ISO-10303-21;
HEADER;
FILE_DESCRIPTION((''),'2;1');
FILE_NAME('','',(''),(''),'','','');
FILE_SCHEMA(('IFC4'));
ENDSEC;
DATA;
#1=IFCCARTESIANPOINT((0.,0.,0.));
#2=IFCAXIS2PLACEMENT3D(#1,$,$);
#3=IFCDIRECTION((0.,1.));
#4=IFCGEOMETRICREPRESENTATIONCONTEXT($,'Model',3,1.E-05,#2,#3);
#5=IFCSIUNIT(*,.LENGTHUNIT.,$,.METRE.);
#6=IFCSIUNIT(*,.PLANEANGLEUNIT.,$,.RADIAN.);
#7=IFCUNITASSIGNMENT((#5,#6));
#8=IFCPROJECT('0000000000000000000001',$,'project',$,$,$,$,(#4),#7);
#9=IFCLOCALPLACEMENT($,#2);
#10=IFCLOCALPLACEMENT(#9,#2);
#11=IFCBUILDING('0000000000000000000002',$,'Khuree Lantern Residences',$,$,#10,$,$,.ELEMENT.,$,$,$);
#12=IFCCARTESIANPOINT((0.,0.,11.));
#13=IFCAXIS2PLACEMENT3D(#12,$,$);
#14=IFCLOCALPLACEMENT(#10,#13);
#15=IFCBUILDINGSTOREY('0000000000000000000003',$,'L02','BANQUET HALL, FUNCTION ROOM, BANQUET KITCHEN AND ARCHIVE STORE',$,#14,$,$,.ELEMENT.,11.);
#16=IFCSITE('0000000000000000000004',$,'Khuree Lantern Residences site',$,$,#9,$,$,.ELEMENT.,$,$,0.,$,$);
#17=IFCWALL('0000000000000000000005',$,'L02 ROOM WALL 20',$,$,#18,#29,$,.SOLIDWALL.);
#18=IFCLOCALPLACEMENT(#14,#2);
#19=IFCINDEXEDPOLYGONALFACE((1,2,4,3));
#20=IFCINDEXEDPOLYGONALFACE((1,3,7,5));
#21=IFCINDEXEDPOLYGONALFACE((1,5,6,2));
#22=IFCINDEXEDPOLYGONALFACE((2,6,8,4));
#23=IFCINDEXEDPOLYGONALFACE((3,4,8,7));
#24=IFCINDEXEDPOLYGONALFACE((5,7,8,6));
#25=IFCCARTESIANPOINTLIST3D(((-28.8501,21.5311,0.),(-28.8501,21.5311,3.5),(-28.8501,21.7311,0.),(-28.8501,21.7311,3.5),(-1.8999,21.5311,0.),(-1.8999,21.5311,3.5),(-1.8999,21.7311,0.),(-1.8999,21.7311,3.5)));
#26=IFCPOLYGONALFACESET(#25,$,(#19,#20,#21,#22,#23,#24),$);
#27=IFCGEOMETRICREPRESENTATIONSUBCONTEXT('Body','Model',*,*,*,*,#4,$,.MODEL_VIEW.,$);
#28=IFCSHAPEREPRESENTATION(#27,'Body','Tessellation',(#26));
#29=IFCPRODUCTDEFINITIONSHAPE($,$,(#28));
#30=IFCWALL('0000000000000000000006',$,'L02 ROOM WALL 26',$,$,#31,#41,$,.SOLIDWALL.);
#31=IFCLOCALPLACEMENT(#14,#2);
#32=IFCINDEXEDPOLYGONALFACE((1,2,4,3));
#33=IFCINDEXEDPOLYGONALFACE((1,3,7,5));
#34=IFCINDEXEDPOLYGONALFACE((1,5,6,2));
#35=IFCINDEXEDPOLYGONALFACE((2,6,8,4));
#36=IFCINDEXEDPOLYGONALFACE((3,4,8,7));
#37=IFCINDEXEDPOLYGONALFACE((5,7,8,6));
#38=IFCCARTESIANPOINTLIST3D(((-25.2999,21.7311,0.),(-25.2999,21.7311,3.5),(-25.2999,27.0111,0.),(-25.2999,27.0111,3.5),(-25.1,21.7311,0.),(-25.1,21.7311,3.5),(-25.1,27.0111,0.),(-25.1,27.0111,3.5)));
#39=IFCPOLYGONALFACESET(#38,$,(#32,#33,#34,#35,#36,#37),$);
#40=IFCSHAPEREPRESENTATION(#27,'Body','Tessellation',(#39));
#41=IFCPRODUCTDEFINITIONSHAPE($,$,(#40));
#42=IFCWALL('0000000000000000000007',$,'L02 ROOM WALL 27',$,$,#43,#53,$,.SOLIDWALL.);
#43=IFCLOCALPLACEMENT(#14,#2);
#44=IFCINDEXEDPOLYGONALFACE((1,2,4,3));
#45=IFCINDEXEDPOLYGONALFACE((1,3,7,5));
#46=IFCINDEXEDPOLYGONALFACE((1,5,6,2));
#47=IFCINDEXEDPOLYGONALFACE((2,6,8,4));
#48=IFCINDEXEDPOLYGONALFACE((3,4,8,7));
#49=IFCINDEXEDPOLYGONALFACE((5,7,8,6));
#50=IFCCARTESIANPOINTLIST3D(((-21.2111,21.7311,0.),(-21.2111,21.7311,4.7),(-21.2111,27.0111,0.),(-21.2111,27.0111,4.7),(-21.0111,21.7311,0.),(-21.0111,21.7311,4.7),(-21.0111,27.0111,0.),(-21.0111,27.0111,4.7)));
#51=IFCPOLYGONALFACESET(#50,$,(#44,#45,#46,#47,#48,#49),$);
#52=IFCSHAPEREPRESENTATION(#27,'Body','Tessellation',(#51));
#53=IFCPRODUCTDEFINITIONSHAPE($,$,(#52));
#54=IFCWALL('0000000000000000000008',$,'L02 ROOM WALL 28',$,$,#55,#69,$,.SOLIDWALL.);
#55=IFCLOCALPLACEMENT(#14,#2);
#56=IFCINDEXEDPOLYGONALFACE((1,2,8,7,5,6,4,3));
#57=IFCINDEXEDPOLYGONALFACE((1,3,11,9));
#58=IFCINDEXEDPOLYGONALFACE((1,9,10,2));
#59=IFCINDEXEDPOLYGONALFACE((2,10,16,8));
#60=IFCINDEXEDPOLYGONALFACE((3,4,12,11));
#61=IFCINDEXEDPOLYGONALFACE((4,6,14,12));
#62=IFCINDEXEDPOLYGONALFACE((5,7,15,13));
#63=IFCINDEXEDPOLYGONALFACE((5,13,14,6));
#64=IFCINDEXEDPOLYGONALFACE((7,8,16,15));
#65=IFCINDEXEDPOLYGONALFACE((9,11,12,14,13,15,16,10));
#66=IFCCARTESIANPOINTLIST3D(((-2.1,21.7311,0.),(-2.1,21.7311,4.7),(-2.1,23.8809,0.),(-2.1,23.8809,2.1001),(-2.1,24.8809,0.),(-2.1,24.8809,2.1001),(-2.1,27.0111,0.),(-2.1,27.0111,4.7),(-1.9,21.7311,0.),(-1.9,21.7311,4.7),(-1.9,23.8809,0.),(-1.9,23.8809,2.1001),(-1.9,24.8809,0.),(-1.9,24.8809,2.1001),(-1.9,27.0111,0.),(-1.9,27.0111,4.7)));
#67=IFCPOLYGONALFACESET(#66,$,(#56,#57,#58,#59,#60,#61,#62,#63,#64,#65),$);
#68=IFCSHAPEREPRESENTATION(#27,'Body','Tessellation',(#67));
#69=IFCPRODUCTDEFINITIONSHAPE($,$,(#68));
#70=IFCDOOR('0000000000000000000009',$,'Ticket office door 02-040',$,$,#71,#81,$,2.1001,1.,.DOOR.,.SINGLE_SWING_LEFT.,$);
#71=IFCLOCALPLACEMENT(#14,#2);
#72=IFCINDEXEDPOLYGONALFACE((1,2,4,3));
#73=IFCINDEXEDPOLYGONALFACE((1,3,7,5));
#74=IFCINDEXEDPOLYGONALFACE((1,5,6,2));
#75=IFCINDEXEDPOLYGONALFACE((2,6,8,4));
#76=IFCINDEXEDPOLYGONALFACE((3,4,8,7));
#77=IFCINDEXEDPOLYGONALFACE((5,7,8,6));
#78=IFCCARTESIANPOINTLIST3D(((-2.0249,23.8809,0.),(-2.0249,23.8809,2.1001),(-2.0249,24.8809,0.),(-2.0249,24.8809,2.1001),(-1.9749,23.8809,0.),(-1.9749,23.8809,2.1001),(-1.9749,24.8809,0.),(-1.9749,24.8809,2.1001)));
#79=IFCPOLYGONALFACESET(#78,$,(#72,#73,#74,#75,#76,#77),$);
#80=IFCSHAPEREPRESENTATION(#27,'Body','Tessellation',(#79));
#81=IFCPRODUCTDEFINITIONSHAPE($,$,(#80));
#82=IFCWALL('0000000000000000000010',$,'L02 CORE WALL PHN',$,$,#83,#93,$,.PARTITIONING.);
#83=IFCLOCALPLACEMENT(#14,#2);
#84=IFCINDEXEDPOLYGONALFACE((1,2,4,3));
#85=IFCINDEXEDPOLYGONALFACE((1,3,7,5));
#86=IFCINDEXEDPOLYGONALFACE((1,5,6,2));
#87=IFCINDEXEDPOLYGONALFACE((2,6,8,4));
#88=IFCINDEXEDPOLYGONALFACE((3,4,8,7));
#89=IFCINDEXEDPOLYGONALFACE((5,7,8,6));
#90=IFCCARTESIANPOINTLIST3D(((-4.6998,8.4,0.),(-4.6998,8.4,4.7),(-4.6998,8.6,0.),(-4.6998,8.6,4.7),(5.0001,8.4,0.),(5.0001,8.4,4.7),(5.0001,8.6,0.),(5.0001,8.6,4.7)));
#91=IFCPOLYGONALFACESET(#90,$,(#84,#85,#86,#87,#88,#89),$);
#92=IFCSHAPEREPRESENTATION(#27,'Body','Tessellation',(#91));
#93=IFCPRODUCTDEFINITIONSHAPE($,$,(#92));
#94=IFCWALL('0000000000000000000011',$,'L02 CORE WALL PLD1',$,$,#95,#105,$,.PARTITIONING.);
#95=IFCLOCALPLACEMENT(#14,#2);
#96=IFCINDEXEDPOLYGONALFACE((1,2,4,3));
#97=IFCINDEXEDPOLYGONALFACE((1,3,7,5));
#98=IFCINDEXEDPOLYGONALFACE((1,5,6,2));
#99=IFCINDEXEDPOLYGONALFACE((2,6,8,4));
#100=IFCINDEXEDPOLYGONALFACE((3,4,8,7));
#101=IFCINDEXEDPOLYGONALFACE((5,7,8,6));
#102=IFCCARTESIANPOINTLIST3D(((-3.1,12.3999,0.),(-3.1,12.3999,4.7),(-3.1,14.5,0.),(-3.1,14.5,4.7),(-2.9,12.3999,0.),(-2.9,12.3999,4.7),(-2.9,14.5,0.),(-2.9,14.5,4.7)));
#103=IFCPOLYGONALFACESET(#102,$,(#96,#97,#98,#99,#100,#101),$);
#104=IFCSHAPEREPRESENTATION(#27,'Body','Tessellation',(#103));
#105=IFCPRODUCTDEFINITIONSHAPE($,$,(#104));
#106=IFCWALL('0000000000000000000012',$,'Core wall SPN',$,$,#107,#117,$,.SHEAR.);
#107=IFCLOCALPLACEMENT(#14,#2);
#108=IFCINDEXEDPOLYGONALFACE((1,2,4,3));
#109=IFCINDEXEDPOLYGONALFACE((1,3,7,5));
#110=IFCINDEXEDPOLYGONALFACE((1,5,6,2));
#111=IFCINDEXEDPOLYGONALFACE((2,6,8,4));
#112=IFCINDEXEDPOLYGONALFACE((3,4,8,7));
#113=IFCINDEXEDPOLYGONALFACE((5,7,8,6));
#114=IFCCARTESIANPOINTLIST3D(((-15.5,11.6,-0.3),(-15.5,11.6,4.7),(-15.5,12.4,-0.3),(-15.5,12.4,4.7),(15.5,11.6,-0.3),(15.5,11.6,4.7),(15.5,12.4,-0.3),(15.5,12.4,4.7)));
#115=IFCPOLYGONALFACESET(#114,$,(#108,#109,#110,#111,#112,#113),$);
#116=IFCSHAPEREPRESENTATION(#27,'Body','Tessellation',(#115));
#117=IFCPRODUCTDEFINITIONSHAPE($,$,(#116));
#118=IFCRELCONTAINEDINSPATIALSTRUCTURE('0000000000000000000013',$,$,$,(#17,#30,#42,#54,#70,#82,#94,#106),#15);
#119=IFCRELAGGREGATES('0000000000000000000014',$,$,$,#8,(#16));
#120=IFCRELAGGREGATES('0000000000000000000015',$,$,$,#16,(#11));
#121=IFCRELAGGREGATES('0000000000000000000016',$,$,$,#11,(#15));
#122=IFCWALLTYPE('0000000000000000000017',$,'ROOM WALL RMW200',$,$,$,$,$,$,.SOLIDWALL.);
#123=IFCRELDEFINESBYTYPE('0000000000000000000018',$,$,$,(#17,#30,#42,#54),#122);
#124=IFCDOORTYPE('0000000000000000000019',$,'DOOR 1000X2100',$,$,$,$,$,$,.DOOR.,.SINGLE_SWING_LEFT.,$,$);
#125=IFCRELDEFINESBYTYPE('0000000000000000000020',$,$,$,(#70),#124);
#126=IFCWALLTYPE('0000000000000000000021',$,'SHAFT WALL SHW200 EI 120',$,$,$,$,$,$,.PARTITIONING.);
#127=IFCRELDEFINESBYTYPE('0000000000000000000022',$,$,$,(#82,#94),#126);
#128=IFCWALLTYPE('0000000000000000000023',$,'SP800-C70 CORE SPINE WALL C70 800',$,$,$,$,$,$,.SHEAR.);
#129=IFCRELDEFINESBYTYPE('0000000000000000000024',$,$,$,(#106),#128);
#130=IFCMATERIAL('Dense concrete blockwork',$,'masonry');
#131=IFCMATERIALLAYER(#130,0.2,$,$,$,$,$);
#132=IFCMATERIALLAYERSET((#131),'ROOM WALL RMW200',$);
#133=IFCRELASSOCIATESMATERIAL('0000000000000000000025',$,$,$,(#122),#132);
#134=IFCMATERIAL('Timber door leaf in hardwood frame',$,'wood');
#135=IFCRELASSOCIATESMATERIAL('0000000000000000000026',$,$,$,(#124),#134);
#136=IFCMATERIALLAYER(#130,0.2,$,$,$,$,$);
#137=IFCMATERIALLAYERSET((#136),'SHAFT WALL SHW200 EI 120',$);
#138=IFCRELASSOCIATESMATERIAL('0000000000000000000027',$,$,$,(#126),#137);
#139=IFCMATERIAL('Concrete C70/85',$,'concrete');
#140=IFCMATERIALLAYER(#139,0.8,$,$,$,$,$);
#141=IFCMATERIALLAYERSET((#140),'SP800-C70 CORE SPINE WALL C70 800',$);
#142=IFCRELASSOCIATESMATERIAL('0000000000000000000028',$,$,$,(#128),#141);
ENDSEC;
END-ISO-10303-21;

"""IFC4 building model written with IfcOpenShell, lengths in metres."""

from ifc_helpers import new_model, si_unit, direction, frame, frame_2d, origin, place, context, subcontext, project, spatial, rectangle, extrude, material, layer, layer_set, type_object, element, fill, save


model = new_model("IFC4")

# Units and contexts
model_context = context("Model", 3, precision=1e-05, world=origin(), true_north=direction((0.0, 1.0)))
body_context = subcontext(model_context, "Body", "Model", "MODEL_VIEW")
ifc_project = project(units=[si_unit("LENGTHUNIT", "METRE"), si_unit("PLANEANGLEUNIT", "RADIAN")], contexts=[model_context])

# Site, building, storey
site_placement = place(None, origin())
site = spatial("IfcSite", under=ifc_project, at=site_placement, Name="Khuree Lantern Residences site", CompositionType="ELEMENT", RefElevation=0.0)
building_placement = place(site_placement, origin())
building = spatial("IfcBuilding", under=site, at=building_placement, Name="Khuree Lantern Residences", CompositionType="ELEMENT")
storey_placement = place(building_placement, frame((0.0, 0.0, 11.0)))
storey = spatial("IfcBuildingStorey", under=building, at=storey_placement, Name="L02", Description="BANQUET HALL, FUNCTION ROOM, BANQUET KITCHEN AND ARCHIVE STORE", CompositionType="ELEMENT", Elevation=11.0)

# Shared definitions
ifc_material_1 = material(Name="Concrete C70/85", Category="concrete")

# Shared definitions
ifc_material_2 = material(Name="Dense concrete blockwork", Category="masonry")

# Walls
ifc_layer_1 = layer(ifc_material_2, 0.2)
ifc_layer_set_1 = layer_set([ifc_layer_1], Name="ROOM WALL RMW200")
wall_type_1 = type_object("IfcWallType", Name="ROOM WALL RMW200", PredefinedType="SOLIDWALL", material=ifc_layer_set_1)
wall_1_placement = place(storey_placement, frame((-28.8501, 21.6311, 0.0), z_axis=(0.0, 0.0, 1.0), x_axis=(1.0, 0.0, 0.0)))
element("IfcWall", 1, at=wall_1_placement, inside=storey, type_object=wall_type_1, Name="L02 ROOM WALL 20", PredefinedType="SOLIDWALL", context=body_context, shape_type="SweptSolid", body=[
    extrude(rectangle(XDim=26.9502, YDim=0.2, at=frame_2d((13.4751, 0.0))), origin(), (0.0, 0.0, 1.0), 3.5),
])
wall_2_placement = place(storey_placement, frame((-25.2, 21.731, 0.0), z_axis=(0.0, 0.0, 1.0), x_axis=(0.0, 1.0, 0.0)))
element("IfcWall", 2, at=wall_2_placement, inside=storey, type_object=wall_type_1, Name="L02 ROOM WALL 26", PredefinedType="SOLIDWALL", context=body_context, shape_type="SweptSolid", body=[
    extrude(rectangle(XDim=5.28, YDim=0.2, at=frame_2d((2.6401, 0.0))), origin(), (0.0, 0.0, 1.0), 3.5),
])
wall_3_placement = place(storey_placement, frame((-21.1111, 21.731, 0.0), z_axis=(0.0, 0.0, 1.0), x_axis=(0.0, 1.0, 0.0)))
element("IfcWall", 3, at=wall_3_placement, inside=storey, type_object=wall_type_1, Name="L02 ROOM WALL 27", PredefinedType="SOLIDWALL", context=body_context, shape_type="SweptSolid", body=[
    extrude(rectangle(XDim=5.28, YDim=0.2, at=frame_2d((2.6401, 0.0))), origin(), (0.0, 0.0, 1.0), 4.7),
])

# Wall, opening, door
wall_4_placement = place(storey_placement, frame((-2.0, 21.731, 0.0), z_axis=(0.0, 0.0, 1.0), x_axis=(0.0, 1.0, 0.0)))
wall_4 = element("IfcWall", 4, at=wall_4_placement, inside=storey, type_object=wall_type_1, Name="L02 ROOM WALL 28", PredefinedType="SOLIDWALL", context=body_context, shape_type="SweptSolid", body=[
    extrude(rectangle(XDim=5.28, YDim=0.2, at=frame_2d((2.6401, 0.0))), origin(), (0.0, 0.0, 1.0), 4.7),
])
opening_1_placement = place(wall_4_placement, frame((2.1499, 0.0, 0.0)))
opening_1 = element("IfcOpeningElement", 5, at=opening_1_placement, cuts=wall_4, PredefinedType="OPENING", context=body_context, shape_type="SweptSolid", body=[
    extrude(rectangle(XDim=1.0, YDim=2.1001, at=frame_2d((0.5, 1.05))), frame((0.0, 0.1099, 0.0), z_axis=(0.0, -1.0, 0.0), x_axis=(1.0, 0.0, 0.0)), (0.0, 0.0, 1.0), 0.22),
])
ifc_material_3 = material(Name="Timber door leaf in hardwood frame", Category="wood")
door_type_1 = type_object("IfcDoorType", Name="DOOR 1000X2100", OperationType="SINGLE_SWING_LEFT", PredefinedType="DOOR", material=ifc_material_3)
door_1_placement = place(opening_1_placement, origin())
door_1 = element("IfcDoor", 6, at=door_1_placement, inside=storey, type_object=door_type_1, Name="Ticket office door 02-040", OperationType="SINGLE_SWING_LEFT", OverallHeight=2.1001, OverallWidth=1.0, PredefinedType="DOOR", context=body_context, shape_type="SweptSolid", body=[
    extrude(rectangle(XDim=1.0, YDim=2.1001, at=frame_2d((0.5, 1.05))), frame((0.0, 0.0249, 0.0), z_axis=(0.0, -1.0, 0.0), x_axis=(1.0, 0.0, 0.0)), (0.0, 0.0, 1.0), 0.05),
])
fill(opening_1, door_1)

# Walls
ifc_layer_2 = layer(ifc_material_2, 0.2)
ifc_layer_set_2 = layer_set([ifc_layer_2], Name="SHAFT WALL SHW200 EI 120")
wall_type_2 = type_object("IfcWallType", Name="SHAFT WALL SHW200 EI 120", PredefinedType="PARTITIONING", material=ifc_layer_set_2)
wall_5_placement = place(storey_placement, frame((-4.7, 8.5, 0.0), z_axis=(0.0, 0.0, 1.0), x_axis=(1.0, 0.0, 0.0)))
element("IfcWall", 7, at=wall_5_placement, inside=storey, type_object=wall_type_2, Name="L02 CORE WALL PHN", PredefinedType="PARTITIONING", context=body_context, shape_type="SweptSolid", body=[
    extrude(rectangle(XDim=9.7, YDim=0.2, at=frame_2d((4.8501, 0.0))), origin(), (0.0, 0.0, 1.0), 4.7),
])
wall_6_placement = place(storey_placement, frame((-3.0, 12.3999, 0.0), z_axis=(0.0, 0.0, 1.0), x_axis=(0.0, 1.0, 0.0)))
element("IfcWall", 8, at=wall_6_placement, inside=storey, type_object=wall_type_2, Name="L02 CORE WALL PLD1", PredefinedType="PARTITIONING", context=body_context, shape_type="SweptSolid", body=[
    extrude(rectangle(XDim=2.1001, YDim=0.2, at=frame_2d((1.05, 0.0))), origin(), (0.0, 0.0, 1.0), 4.7),
])
ifc_layer_3 = layer(ifc_material_1, 0.8)
ifc_layer_set_3 = layer_set([ifc_layer_3], Name="SP800-C70 CORE SPINE WALL C70 800")
wall_type_3 = type_object("IfcWallType", Name="SP800-C70 CORE SPINE WALL C70 800", PredefinedType="SHEAR", material=ifc_layer_set_3)
wall_7_placement = place(storey_placement, frame((-15.5, 12.0, -0.3), z_axis=(0.0, 0.0, 1.0), x_axis=(1.0, 0.0, 0.0)))
element("IfcWall", 9, at=wall_7_placement, inside=storey, type_object=wall_type_3, Name="Core wall SPN", PredefinedType="SHEAR", context=body_context, shape_type="SweptSolid", body=[
    extrude(rectangle(XDim=31.0, YDim=0.8, at=frame_2d((15.5, 0.0))), origin(), (0.0, 0.0, 1.0), 5.0),
])

save(model, "model.ifc")
